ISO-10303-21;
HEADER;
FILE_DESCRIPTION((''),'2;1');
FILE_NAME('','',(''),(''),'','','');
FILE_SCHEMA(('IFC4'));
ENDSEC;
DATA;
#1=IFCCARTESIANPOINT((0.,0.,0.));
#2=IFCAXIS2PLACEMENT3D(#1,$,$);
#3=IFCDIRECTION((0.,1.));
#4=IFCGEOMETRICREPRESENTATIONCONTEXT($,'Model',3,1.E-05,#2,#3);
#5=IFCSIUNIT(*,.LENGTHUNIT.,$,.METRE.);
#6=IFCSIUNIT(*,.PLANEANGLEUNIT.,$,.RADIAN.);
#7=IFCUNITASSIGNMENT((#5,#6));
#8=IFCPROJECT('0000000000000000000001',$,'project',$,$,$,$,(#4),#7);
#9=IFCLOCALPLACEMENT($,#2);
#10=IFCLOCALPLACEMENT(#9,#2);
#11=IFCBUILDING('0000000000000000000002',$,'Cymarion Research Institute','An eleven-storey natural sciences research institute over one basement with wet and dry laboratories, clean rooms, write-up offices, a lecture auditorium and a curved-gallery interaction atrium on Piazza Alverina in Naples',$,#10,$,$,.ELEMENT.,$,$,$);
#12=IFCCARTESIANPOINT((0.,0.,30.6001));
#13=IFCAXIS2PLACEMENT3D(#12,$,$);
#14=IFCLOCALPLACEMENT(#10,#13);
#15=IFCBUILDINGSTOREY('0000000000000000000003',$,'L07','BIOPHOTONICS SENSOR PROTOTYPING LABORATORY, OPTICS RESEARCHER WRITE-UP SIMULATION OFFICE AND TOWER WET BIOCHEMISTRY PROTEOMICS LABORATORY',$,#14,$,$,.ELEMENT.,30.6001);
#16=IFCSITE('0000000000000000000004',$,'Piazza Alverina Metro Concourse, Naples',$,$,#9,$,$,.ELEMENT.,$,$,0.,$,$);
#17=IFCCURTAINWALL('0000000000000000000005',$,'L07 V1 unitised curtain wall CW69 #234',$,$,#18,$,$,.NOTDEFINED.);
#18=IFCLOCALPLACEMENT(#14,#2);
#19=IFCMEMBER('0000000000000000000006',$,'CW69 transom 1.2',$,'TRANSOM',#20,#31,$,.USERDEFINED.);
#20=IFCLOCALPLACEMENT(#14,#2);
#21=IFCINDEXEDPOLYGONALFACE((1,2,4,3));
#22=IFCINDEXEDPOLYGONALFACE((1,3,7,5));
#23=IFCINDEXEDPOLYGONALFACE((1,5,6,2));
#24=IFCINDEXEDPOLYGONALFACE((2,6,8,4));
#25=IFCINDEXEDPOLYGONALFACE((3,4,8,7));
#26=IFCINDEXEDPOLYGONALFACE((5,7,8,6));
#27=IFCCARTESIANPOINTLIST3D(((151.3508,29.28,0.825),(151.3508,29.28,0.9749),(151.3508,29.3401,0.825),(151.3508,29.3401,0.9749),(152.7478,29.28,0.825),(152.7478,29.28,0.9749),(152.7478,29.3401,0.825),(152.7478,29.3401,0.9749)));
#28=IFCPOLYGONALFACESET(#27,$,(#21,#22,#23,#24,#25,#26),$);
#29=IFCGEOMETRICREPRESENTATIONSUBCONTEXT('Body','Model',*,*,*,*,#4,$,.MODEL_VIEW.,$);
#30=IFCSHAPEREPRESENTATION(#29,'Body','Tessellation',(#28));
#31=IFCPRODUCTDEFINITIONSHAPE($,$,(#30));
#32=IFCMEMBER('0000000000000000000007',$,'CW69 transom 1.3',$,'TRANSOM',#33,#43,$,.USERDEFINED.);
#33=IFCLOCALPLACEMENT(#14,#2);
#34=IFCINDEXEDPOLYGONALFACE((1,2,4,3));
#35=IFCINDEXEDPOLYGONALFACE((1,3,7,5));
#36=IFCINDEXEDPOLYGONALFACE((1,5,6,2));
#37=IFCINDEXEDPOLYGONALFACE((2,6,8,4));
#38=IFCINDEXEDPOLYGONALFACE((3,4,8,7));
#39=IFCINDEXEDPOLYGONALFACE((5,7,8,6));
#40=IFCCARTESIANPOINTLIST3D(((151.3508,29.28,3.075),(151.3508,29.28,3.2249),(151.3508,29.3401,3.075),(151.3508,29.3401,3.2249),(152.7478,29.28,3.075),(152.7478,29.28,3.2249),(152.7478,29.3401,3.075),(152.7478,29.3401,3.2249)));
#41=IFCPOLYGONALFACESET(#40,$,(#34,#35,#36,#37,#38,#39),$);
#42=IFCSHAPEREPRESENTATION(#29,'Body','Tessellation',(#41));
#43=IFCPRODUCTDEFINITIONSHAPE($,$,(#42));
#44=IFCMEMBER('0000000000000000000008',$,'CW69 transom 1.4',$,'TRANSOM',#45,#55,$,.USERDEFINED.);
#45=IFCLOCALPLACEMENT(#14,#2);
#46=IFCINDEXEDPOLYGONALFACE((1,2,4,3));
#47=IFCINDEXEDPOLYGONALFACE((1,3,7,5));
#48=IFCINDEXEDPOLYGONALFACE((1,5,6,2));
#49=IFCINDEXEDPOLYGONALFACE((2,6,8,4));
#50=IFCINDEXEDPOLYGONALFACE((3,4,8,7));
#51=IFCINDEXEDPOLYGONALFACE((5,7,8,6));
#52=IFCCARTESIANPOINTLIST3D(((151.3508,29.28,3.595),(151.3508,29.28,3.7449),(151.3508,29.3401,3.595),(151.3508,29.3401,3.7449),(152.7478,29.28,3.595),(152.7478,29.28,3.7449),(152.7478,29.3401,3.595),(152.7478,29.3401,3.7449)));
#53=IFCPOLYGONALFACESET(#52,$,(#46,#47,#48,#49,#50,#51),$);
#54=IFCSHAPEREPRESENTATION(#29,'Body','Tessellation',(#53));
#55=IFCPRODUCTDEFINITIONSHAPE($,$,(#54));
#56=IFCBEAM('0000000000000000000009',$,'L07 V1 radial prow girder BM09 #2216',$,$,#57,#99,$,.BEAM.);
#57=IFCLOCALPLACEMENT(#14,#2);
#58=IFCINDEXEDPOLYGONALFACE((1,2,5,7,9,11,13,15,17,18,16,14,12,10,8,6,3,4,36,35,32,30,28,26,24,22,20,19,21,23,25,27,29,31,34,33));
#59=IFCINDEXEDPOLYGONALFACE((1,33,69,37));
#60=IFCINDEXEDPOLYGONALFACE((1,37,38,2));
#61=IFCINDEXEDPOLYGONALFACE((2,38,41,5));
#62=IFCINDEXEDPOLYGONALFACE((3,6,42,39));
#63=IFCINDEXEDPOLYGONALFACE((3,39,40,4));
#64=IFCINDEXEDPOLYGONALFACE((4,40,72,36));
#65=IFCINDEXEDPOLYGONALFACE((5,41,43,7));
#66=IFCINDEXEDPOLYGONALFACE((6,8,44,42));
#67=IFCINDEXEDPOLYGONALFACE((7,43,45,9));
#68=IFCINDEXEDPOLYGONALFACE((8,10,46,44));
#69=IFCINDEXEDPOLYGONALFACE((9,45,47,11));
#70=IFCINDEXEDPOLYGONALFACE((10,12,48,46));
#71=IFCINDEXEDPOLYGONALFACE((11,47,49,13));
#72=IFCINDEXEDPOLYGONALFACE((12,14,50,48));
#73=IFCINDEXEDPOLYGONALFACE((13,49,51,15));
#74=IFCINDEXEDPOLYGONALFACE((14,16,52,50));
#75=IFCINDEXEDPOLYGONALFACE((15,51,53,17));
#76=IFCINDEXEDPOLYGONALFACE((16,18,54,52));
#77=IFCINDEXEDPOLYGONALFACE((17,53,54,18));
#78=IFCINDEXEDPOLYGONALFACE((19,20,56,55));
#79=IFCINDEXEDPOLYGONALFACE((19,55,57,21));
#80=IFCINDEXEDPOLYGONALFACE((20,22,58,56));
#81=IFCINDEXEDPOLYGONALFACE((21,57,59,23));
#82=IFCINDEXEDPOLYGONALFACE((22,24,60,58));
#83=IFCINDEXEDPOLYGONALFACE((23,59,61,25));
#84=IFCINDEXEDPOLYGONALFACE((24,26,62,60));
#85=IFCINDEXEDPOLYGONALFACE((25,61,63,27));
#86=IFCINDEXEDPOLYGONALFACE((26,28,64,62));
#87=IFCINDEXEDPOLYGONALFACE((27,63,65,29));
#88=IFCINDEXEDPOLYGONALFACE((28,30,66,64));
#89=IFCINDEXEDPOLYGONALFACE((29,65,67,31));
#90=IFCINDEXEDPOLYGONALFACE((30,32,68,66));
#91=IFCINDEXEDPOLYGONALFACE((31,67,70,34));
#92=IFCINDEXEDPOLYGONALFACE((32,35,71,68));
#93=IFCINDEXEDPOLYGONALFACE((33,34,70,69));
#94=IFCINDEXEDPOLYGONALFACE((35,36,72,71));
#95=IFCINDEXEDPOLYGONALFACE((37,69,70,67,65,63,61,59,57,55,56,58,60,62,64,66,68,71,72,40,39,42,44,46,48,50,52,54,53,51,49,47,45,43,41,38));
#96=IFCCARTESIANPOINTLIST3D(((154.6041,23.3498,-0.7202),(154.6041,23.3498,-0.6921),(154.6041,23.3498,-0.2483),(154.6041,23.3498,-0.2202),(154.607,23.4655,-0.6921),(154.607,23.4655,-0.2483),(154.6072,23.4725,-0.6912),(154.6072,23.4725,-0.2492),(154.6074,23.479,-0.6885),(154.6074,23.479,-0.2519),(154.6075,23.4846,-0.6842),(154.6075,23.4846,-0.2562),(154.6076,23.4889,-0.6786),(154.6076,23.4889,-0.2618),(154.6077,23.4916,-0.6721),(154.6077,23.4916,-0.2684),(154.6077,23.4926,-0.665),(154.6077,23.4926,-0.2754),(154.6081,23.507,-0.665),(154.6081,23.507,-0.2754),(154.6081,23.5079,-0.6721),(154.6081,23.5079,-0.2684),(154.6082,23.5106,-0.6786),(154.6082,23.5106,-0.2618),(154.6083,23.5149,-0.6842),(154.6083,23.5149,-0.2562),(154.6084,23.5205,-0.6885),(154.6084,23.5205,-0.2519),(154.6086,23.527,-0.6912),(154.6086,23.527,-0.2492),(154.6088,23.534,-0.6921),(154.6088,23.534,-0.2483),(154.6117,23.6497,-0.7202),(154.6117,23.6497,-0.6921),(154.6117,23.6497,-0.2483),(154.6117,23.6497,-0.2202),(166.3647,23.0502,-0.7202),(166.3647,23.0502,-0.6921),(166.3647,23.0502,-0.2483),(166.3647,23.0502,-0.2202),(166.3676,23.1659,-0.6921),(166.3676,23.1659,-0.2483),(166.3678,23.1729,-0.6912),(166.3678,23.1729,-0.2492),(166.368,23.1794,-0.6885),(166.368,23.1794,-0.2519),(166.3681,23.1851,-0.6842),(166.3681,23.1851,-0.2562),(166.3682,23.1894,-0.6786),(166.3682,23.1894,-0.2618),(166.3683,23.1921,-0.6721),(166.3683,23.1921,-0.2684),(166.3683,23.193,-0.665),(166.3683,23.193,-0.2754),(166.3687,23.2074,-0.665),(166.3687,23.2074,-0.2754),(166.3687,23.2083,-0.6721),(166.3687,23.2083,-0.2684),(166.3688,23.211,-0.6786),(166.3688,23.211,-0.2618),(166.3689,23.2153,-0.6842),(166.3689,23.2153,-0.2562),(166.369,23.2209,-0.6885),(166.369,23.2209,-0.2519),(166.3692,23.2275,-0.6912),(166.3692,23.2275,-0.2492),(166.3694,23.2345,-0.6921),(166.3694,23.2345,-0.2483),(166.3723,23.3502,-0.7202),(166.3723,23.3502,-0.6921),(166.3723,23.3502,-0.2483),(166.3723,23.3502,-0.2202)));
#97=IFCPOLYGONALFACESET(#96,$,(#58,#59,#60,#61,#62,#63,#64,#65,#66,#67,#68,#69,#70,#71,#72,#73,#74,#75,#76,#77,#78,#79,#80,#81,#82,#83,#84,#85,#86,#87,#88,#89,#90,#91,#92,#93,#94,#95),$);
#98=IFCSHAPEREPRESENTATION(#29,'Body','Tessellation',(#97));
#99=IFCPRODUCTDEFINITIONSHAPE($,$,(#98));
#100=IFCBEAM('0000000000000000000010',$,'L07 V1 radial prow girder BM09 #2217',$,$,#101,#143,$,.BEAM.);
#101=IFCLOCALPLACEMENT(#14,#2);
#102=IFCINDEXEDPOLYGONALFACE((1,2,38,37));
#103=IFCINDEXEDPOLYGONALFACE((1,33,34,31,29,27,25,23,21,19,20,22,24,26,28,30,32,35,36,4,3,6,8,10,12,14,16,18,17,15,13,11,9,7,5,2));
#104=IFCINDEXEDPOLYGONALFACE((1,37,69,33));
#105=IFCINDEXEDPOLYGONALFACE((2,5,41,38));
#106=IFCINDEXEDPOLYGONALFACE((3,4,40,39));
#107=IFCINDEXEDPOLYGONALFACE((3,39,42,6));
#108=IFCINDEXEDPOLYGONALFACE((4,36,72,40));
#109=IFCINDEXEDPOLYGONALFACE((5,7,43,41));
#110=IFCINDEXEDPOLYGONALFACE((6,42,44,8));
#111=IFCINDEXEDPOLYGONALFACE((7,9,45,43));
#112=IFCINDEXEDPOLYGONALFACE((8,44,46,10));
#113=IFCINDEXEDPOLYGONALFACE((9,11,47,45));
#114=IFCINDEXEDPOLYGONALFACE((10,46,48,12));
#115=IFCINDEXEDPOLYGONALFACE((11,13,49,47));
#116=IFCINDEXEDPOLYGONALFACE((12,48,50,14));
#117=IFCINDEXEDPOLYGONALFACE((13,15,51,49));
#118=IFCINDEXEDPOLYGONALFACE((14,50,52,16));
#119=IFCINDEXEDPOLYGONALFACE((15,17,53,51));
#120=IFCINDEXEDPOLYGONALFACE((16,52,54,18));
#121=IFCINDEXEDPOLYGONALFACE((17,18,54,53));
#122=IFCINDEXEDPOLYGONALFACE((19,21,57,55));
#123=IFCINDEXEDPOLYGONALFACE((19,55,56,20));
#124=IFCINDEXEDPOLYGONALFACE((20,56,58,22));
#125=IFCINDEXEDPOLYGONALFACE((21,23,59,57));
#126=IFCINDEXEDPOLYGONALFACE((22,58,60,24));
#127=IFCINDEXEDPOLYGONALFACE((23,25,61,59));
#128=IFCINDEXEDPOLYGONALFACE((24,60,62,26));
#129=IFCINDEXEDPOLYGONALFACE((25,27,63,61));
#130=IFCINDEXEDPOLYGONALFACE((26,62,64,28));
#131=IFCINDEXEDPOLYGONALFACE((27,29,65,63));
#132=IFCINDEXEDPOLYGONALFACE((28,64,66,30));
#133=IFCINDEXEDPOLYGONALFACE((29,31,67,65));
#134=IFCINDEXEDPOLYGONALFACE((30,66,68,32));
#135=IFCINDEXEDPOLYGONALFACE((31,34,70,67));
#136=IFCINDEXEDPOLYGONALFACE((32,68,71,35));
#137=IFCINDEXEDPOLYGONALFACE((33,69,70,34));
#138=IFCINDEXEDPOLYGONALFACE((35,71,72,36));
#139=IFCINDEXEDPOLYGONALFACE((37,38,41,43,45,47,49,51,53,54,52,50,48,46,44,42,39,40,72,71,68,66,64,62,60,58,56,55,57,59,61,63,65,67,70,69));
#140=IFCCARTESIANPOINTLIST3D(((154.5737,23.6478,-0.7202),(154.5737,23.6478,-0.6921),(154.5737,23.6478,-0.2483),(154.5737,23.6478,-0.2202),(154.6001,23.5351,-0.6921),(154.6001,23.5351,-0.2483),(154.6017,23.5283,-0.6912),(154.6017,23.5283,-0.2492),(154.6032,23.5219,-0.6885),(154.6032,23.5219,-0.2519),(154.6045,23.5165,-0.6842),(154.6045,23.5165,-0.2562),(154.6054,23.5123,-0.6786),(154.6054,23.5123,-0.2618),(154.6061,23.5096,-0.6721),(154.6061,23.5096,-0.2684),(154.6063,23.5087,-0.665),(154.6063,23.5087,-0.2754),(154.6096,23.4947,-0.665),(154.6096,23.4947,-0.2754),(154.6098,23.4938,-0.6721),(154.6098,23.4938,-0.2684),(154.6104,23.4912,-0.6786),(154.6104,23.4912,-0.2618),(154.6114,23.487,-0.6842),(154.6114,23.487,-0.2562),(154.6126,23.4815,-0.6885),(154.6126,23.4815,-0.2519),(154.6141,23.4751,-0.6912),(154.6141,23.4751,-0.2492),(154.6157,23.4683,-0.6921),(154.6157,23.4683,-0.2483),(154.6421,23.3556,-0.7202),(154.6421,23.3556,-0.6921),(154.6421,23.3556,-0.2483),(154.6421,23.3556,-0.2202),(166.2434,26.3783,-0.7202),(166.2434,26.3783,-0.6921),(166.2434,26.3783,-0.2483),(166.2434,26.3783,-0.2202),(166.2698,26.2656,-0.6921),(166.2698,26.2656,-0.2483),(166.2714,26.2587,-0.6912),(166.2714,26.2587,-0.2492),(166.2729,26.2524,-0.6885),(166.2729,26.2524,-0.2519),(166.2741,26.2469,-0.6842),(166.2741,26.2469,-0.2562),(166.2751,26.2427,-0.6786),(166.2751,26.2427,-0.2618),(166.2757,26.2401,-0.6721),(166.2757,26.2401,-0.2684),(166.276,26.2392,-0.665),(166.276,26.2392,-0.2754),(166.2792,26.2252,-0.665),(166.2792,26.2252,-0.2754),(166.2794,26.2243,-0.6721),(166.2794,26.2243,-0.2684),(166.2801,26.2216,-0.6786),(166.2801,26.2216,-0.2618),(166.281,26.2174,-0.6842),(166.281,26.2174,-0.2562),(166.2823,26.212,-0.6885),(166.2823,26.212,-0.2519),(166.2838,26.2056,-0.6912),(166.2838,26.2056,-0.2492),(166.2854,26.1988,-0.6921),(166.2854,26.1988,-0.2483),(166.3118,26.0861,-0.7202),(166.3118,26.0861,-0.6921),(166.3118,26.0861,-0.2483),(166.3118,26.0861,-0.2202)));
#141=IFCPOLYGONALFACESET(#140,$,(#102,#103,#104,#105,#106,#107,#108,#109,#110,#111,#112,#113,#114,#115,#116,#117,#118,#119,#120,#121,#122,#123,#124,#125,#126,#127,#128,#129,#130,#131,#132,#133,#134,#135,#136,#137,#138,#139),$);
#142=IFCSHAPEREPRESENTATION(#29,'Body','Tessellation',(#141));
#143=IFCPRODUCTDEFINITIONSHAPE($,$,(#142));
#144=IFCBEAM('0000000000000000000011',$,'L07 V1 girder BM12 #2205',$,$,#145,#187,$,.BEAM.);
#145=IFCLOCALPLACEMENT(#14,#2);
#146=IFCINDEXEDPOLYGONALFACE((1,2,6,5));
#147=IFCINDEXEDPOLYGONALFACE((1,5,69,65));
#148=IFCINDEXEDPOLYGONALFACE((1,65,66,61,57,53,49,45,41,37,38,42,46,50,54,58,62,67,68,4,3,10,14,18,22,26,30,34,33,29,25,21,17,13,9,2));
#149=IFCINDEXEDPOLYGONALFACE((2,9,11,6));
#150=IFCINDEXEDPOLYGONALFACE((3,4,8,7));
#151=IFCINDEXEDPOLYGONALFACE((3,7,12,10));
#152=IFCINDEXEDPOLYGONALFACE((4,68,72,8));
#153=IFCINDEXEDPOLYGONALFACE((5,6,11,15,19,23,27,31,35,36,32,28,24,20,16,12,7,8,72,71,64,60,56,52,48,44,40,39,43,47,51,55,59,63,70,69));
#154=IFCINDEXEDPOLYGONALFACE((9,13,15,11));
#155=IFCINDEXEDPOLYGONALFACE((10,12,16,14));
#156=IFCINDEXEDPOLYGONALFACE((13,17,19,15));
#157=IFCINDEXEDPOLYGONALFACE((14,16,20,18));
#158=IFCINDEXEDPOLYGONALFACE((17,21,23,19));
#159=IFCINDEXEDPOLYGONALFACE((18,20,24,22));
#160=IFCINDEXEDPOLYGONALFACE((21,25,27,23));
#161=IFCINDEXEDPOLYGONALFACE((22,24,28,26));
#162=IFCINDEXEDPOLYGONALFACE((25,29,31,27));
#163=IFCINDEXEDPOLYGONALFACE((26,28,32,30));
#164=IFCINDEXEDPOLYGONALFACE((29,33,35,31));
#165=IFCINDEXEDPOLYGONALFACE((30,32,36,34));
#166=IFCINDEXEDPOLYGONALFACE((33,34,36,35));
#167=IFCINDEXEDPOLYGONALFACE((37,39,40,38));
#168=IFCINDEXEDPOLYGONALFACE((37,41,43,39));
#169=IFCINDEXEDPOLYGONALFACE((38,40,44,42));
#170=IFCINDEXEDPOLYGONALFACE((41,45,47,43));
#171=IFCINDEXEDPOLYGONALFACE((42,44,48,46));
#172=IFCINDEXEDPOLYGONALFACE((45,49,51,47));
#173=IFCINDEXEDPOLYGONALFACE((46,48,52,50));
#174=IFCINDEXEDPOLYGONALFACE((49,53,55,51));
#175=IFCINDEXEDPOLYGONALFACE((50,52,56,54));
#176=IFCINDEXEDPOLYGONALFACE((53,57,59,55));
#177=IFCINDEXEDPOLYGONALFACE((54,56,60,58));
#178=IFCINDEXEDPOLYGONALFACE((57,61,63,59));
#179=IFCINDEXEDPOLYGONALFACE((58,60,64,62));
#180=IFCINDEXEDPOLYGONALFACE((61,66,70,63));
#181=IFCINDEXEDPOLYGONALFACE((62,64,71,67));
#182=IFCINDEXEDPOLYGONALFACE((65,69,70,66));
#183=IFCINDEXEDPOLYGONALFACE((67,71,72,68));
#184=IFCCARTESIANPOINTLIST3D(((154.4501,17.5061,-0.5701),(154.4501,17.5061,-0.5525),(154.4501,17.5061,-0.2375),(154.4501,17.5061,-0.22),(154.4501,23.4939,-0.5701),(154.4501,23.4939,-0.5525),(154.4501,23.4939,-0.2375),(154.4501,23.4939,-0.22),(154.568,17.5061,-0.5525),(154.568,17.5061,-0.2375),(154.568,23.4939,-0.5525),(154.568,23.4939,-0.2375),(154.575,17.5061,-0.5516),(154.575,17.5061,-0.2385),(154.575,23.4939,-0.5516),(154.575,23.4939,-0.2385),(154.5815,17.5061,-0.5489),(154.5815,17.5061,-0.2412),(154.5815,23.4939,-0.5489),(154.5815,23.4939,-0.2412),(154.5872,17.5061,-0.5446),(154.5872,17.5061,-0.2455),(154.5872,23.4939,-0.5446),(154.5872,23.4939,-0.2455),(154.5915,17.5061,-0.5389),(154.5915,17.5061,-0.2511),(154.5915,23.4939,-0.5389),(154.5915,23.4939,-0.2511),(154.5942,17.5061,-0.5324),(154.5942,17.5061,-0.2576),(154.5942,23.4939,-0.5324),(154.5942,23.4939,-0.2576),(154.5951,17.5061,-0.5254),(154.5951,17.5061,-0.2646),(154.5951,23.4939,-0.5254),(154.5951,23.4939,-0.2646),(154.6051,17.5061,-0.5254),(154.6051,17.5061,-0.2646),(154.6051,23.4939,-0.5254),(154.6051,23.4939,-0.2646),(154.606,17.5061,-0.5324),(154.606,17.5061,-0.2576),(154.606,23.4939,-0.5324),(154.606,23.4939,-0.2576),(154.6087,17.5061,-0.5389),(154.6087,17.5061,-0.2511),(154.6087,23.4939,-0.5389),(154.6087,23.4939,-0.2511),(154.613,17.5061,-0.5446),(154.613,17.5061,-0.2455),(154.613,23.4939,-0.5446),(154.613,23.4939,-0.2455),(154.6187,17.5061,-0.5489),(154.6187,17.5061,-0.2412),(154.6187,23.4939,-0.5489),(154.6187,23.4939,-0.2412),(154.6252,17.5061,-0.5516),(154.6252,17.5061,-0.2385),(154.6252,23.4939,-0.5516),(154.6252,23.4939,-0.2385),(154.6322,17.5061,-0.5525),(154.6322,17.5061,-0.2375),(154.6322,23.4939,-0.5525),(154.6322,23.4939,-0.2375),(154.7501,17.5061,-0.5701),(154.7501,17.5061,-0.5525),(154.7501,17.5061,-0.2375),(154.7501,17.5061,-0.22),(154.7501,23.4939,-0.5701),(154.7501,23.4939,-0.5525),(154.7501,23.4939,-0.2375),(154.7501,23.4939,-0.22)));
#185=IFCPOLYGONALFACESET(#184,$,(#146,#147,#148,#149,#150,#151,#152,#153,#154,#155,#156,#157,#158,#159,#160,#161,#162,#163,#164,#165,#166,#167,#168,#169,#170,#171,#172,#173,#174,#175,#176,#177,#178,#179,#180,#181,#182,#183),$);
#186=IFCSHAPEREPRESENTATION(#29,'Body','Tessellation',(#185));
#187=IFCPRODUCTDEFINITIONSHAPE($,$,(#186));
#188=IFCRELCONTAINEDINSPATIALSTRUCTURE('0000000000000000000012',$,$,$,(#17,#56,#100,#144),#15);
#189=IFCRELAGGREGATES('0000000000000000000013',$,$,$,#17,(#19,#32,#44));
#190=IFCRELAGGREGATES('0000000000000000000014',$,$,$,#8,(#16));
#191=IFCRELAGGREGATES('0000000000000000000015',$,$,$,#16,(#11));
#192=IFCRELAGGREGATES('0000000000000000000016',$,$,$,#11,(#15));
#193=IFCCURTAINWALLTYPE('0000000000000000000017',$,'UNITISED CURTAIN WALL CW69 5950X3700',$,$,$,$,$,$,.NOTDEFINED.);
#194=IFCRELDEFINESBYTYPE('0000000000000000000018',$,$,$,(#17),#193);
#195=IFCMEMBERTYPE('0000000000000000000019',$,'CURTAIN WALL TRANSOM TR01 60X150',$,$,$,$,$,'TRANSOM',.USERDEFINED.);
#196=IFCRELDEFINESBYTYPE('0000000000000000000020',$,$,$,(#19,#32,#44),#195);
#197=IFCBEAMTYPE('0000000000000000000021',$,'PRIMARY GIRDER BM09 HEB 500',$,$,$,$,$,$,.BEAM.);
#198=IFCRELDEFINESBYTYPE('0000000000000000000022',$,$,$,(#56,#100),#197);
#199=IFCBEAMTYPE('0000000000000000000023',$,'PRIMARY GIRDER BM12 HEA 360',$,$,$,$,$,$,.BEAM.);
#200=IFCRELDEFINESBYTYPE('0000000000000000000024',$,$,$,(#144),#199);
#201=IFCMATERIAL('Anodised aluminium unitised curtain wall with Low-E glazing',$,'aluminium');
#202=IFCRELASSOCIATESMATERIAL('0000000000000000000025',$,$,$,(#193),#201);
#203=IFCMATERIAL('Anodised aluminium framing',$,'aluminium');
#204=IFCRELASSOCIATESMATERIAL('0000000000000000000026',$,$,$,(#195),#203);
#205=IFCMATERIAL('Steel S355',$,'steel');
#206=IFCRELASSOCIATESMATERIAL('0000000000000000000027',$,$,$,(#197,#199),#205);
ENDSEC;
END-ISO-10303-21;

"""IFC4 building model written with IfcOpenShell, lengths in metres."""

from ifc_helpers import new_model, si_unit, direction, frame, origin, origin_2d, place, context, subcontext, project, spatial, rectangle, i_section, extrude, material, material_profile, profile_set, type_object, element, aggregate, save


model = new_model("IFC4")

# Units and contexts
model_context = context("Model", 3, precision=1e-05, world=origin(), true_north=direction((0.0, 1.0)))
body_context = subcontext(model_context, "Body", "Model", "MODEL_VIEW")
ifc_project = project(units=[si_unit("LENGTHUNIT", "METRE"), si_unit("PLANEANGLEUNIT", "RADIAN")], contexts=[model_context])

# Site, building, storey
site_placement = place(None, origin())
site = spatial("IfcSite", under=ifc_project, at=site_placement, Name="Piazza Alverina Metro Concourse, Naples", CompositionType="ELEMENT", RefElevation=0.0)
building_placement = place(site_placement, origin())
building = spatial("IfcBuilding", under=site, at=building_placement, Name="Cymarion Research Institute", Description="An eleven-storey natural sciences research institute over one basement with wet and dry laboratories, clean rooms, write-up offices, a lecture auditorium and a curved-gallery interaction atrium on Piazza Alverina in Naples", CompositionType="ELEMENT")
storey_placement = place(building_placement, frame((0.0, 0.0, 30.6001)))
storey = spatial("IfcBuildingStorey", under=building, at=storey_placement, Name="L07", Description="BIOPHOTONICS SENSOR PROTOTYPING LABORATORY, OPTICS RESEARCHER WRITE-UP SIMULATION OFFICE AND TOWER WET BIOCHEMISTRY PROTEOMICS LABORATORY", CompositionType="ELEMENT", Elevation=30.6001)

# Shared definitions
ifc_material_1 = material(Name="Steel S355", Category="steel")

# Shared definitions
ifc_material_2 = material(Name="Anodised aluminium unitised curtain wall with Low-E glazing", Category="aluminium")
ifc_material_3 = material(Name="Anodised aluminium framing", Category="aluminium")

# Curtain wall
curtain_wall_type_1 = type_object("IfcCurtainWallType", Name="UNITISED CURTAIN WALL CW69 5950X3700", PredefinedType="NOTDEFINED", material=ifc_material_2)
curtain_wall_1_placement = place(storey_placement, origin())
curtain_wall_1 = element("IfcCurtainWall", 1, at=curtain_wall_1_placement, inside=storey, type_object=curtain_wall_type_1, Name="L07 V1 unitised curtain wall CW69 #234", PredefinedType="NOTDEFINED")

# Members
ifc_material_profile_1 = material_profile(ifc_material_3, rectangle(XDim=0.0601, YDim=0.1499, at=origin_2d()), Name="ALU TRANSOM 60x150")
ifc_profile_set_1 = profile_set([ifc_material_profile_1], Name="Anodised aluminium framing")
member_type_1 = type_object("IfcMemberType", Name="CURTAIN WALL TRANSOM TR01 60X150", ElementType="TRANSOM", PredefinedType="USERDEFINED", material=ifc_profile_set_1)
member_1_placement = place(storey_placement, frame((152.7478, 29.3101, 0.8999), z_axis=(-1.0, 0.0, 0.0), x_axis=(0.0, -1.0, 0.0)))
member_1 = element("IfcMember", 2, at=member_1_placement, type_object=member_type_1, Name="CW69 transom 1.2", ObjectType="TRANSOM", PredefinedType="USERDEFINED", context=body_context, shape_type="SweptSolid", body=[
    extrude(rectangle(XDim=0.0601, YDim=0.1499, at=origin_2d()), origin(), (0.0, 0.0, 1.0), 1.397),
])
member_2_placement = place(storey_placement, frame((152.7478, 29.3101, 3.1499), z_axis=(-1.0, 0.0, 0.0), x_axis=(0.0, -1.0, 0.0)))
member_2 = element("IfcMember", 3, at=member_2_placement, type_object=member_type_1, Name="CW69 transom 1.3", ObjectType="TRANSOM", PredefinedType="USERDEFINED", context=body_context, shape_type="SweptSolid", body=[
    extrude(rectangle(XDim=0.0601, YDim=0.1499, at=origin_2d()), origin(), (0.0, 0.0, 1.0), 1.397),
])
member_3_placement = place(storey_placement, frame((152.7478, 29.3101, 3.6699), z_axis=(-1.0, 0.0, 0.0), x_axis=(0.0, -1.0, 0.0)))
member_3 = element("IfcMember", 4, at=member_3_placement, type_object=member_type_1, Name="CW69 transom 1.4", ObjectType="TRANSOM", PredefinedType="USERDEFINED", context=body_context, shape_type="SweptSolid", body=[
    extrude(rectangle(XDim=0.0601, YDim=0.1499, at=origin_2d()), origin(), (0.0, 0.0, 1.0), 1.397),
])
aggregate(curtain_wall_1, [member_1, member_2, member_3])

# Beams
ifc_material_profile_2 = material_profile(ifc_material_1, i_section(OverallWidth=0.3, OverallDepth=0.5, WebThickness=0.0144, FlangeThickness=0.0281, FilletRadius=0.0271, at=origin_2d()), Name="HEB 500")
ifc_profile_set_2 = profile_set([ifc_material_profile_2], Name="Steel S355")
beam_type_1 = type_object("IfcBeamType", Name="PRIMARY GIRDER BM09 HEB 500", PredefinedType="BEAM", material=ifc_profile_set_2)
beam_1_placement = place(storey_placement, frame((154.6079, 23.4998, -0.4702), z_axis=(0.999676, -0.025463, 0.0), x_axis=(0.025463, 0.999676, 0.0)))
element("IfcBeam", 5, at=beam_1_placement, inside=storey, type_object=beam_type_1, Name="L07 V1 radial prow girder BM09 #2216", PredefinedType="BEAM", context=body_context, shape_type="SweptSolid", body=[
    extrude(i_section(OverallWidth=0.3, OverallDepth=0.5, WebThickness=0.0144, FlangeThickness=0.0281, FilletRadius=0.0271, at=origin_2d()), origin(), (0.0, 0.0, 1.0), 11.7644),
])
beam_2_placement = place(storey_placement, frame((154.6079, 23.5017, -0.4702), z_axis=(0.973702, 0.227827, 0.0), x_axis=(-0.227827, 0.973702, 0.0)))
element("IfcBeam", 6, at=beam_2_placement, inside=storey, type_object=beam_type_1, Name="L07 V1 radial prow girder BM09 #2217", PredefinedType="BEAM", context=body_context, shape_type="SweptSolid", body=[
    extrude(i_section(OverallWidth=0.3, OverallDepth=0.5, WebThickness=0.0144, FlangeThickness=0.0281, FilletRadius=0.0271, at=origin_2d()), origin(), (0.0, 0.0, 1.0), 11.9849),
])
ifc_material_profile_3 = material_profile(ifc_material_1, i_section(OverallWidth=0.3, OverallDepth=0.3501, WebThickness=0.01, FlangeThickness=0.0176, FilletRadius=0.0271, at=origin_2d()), Name="HEA 360")
ifc_profile_set_3 = profile_set([ifc_material_profile_3], Name="Steel S355")
beam_type_2 = type_object("IfcBeamType", Name="PRIMARY GIRDER BM12 HEA 360", PredefinedType="BEAM", material=ifc_profile_set_3)
for number, where, z_axis, x_axis, name in (
    (7, (154.6001, 17.5061, -0.395), (0.0, 1.0, 0.0), (-1.0, 0.0, 0.0), "L07 V1 girder BM12 #2205"),
):
    element("IfcBeam", number, at=place(storey_placement, frame(where, z_axis=z_axis, x_axis=x_axis)), inside=storey, type_object=beam_type_2, Name=name, PredefinedType="BEAM", context=body_context, shape_type="SweptSolid", body=[
        extrude(i_section(OverallWidth=0.3, OverallDepth=0.3501, WebThickness=0.01, FlangeThickness=0.0176, FilletRadius=0.0271, at=origin_2d()), origin(), (0.0, 0.0, 1.0), 5.9878),
    ])

save(model, "model.ifc")
